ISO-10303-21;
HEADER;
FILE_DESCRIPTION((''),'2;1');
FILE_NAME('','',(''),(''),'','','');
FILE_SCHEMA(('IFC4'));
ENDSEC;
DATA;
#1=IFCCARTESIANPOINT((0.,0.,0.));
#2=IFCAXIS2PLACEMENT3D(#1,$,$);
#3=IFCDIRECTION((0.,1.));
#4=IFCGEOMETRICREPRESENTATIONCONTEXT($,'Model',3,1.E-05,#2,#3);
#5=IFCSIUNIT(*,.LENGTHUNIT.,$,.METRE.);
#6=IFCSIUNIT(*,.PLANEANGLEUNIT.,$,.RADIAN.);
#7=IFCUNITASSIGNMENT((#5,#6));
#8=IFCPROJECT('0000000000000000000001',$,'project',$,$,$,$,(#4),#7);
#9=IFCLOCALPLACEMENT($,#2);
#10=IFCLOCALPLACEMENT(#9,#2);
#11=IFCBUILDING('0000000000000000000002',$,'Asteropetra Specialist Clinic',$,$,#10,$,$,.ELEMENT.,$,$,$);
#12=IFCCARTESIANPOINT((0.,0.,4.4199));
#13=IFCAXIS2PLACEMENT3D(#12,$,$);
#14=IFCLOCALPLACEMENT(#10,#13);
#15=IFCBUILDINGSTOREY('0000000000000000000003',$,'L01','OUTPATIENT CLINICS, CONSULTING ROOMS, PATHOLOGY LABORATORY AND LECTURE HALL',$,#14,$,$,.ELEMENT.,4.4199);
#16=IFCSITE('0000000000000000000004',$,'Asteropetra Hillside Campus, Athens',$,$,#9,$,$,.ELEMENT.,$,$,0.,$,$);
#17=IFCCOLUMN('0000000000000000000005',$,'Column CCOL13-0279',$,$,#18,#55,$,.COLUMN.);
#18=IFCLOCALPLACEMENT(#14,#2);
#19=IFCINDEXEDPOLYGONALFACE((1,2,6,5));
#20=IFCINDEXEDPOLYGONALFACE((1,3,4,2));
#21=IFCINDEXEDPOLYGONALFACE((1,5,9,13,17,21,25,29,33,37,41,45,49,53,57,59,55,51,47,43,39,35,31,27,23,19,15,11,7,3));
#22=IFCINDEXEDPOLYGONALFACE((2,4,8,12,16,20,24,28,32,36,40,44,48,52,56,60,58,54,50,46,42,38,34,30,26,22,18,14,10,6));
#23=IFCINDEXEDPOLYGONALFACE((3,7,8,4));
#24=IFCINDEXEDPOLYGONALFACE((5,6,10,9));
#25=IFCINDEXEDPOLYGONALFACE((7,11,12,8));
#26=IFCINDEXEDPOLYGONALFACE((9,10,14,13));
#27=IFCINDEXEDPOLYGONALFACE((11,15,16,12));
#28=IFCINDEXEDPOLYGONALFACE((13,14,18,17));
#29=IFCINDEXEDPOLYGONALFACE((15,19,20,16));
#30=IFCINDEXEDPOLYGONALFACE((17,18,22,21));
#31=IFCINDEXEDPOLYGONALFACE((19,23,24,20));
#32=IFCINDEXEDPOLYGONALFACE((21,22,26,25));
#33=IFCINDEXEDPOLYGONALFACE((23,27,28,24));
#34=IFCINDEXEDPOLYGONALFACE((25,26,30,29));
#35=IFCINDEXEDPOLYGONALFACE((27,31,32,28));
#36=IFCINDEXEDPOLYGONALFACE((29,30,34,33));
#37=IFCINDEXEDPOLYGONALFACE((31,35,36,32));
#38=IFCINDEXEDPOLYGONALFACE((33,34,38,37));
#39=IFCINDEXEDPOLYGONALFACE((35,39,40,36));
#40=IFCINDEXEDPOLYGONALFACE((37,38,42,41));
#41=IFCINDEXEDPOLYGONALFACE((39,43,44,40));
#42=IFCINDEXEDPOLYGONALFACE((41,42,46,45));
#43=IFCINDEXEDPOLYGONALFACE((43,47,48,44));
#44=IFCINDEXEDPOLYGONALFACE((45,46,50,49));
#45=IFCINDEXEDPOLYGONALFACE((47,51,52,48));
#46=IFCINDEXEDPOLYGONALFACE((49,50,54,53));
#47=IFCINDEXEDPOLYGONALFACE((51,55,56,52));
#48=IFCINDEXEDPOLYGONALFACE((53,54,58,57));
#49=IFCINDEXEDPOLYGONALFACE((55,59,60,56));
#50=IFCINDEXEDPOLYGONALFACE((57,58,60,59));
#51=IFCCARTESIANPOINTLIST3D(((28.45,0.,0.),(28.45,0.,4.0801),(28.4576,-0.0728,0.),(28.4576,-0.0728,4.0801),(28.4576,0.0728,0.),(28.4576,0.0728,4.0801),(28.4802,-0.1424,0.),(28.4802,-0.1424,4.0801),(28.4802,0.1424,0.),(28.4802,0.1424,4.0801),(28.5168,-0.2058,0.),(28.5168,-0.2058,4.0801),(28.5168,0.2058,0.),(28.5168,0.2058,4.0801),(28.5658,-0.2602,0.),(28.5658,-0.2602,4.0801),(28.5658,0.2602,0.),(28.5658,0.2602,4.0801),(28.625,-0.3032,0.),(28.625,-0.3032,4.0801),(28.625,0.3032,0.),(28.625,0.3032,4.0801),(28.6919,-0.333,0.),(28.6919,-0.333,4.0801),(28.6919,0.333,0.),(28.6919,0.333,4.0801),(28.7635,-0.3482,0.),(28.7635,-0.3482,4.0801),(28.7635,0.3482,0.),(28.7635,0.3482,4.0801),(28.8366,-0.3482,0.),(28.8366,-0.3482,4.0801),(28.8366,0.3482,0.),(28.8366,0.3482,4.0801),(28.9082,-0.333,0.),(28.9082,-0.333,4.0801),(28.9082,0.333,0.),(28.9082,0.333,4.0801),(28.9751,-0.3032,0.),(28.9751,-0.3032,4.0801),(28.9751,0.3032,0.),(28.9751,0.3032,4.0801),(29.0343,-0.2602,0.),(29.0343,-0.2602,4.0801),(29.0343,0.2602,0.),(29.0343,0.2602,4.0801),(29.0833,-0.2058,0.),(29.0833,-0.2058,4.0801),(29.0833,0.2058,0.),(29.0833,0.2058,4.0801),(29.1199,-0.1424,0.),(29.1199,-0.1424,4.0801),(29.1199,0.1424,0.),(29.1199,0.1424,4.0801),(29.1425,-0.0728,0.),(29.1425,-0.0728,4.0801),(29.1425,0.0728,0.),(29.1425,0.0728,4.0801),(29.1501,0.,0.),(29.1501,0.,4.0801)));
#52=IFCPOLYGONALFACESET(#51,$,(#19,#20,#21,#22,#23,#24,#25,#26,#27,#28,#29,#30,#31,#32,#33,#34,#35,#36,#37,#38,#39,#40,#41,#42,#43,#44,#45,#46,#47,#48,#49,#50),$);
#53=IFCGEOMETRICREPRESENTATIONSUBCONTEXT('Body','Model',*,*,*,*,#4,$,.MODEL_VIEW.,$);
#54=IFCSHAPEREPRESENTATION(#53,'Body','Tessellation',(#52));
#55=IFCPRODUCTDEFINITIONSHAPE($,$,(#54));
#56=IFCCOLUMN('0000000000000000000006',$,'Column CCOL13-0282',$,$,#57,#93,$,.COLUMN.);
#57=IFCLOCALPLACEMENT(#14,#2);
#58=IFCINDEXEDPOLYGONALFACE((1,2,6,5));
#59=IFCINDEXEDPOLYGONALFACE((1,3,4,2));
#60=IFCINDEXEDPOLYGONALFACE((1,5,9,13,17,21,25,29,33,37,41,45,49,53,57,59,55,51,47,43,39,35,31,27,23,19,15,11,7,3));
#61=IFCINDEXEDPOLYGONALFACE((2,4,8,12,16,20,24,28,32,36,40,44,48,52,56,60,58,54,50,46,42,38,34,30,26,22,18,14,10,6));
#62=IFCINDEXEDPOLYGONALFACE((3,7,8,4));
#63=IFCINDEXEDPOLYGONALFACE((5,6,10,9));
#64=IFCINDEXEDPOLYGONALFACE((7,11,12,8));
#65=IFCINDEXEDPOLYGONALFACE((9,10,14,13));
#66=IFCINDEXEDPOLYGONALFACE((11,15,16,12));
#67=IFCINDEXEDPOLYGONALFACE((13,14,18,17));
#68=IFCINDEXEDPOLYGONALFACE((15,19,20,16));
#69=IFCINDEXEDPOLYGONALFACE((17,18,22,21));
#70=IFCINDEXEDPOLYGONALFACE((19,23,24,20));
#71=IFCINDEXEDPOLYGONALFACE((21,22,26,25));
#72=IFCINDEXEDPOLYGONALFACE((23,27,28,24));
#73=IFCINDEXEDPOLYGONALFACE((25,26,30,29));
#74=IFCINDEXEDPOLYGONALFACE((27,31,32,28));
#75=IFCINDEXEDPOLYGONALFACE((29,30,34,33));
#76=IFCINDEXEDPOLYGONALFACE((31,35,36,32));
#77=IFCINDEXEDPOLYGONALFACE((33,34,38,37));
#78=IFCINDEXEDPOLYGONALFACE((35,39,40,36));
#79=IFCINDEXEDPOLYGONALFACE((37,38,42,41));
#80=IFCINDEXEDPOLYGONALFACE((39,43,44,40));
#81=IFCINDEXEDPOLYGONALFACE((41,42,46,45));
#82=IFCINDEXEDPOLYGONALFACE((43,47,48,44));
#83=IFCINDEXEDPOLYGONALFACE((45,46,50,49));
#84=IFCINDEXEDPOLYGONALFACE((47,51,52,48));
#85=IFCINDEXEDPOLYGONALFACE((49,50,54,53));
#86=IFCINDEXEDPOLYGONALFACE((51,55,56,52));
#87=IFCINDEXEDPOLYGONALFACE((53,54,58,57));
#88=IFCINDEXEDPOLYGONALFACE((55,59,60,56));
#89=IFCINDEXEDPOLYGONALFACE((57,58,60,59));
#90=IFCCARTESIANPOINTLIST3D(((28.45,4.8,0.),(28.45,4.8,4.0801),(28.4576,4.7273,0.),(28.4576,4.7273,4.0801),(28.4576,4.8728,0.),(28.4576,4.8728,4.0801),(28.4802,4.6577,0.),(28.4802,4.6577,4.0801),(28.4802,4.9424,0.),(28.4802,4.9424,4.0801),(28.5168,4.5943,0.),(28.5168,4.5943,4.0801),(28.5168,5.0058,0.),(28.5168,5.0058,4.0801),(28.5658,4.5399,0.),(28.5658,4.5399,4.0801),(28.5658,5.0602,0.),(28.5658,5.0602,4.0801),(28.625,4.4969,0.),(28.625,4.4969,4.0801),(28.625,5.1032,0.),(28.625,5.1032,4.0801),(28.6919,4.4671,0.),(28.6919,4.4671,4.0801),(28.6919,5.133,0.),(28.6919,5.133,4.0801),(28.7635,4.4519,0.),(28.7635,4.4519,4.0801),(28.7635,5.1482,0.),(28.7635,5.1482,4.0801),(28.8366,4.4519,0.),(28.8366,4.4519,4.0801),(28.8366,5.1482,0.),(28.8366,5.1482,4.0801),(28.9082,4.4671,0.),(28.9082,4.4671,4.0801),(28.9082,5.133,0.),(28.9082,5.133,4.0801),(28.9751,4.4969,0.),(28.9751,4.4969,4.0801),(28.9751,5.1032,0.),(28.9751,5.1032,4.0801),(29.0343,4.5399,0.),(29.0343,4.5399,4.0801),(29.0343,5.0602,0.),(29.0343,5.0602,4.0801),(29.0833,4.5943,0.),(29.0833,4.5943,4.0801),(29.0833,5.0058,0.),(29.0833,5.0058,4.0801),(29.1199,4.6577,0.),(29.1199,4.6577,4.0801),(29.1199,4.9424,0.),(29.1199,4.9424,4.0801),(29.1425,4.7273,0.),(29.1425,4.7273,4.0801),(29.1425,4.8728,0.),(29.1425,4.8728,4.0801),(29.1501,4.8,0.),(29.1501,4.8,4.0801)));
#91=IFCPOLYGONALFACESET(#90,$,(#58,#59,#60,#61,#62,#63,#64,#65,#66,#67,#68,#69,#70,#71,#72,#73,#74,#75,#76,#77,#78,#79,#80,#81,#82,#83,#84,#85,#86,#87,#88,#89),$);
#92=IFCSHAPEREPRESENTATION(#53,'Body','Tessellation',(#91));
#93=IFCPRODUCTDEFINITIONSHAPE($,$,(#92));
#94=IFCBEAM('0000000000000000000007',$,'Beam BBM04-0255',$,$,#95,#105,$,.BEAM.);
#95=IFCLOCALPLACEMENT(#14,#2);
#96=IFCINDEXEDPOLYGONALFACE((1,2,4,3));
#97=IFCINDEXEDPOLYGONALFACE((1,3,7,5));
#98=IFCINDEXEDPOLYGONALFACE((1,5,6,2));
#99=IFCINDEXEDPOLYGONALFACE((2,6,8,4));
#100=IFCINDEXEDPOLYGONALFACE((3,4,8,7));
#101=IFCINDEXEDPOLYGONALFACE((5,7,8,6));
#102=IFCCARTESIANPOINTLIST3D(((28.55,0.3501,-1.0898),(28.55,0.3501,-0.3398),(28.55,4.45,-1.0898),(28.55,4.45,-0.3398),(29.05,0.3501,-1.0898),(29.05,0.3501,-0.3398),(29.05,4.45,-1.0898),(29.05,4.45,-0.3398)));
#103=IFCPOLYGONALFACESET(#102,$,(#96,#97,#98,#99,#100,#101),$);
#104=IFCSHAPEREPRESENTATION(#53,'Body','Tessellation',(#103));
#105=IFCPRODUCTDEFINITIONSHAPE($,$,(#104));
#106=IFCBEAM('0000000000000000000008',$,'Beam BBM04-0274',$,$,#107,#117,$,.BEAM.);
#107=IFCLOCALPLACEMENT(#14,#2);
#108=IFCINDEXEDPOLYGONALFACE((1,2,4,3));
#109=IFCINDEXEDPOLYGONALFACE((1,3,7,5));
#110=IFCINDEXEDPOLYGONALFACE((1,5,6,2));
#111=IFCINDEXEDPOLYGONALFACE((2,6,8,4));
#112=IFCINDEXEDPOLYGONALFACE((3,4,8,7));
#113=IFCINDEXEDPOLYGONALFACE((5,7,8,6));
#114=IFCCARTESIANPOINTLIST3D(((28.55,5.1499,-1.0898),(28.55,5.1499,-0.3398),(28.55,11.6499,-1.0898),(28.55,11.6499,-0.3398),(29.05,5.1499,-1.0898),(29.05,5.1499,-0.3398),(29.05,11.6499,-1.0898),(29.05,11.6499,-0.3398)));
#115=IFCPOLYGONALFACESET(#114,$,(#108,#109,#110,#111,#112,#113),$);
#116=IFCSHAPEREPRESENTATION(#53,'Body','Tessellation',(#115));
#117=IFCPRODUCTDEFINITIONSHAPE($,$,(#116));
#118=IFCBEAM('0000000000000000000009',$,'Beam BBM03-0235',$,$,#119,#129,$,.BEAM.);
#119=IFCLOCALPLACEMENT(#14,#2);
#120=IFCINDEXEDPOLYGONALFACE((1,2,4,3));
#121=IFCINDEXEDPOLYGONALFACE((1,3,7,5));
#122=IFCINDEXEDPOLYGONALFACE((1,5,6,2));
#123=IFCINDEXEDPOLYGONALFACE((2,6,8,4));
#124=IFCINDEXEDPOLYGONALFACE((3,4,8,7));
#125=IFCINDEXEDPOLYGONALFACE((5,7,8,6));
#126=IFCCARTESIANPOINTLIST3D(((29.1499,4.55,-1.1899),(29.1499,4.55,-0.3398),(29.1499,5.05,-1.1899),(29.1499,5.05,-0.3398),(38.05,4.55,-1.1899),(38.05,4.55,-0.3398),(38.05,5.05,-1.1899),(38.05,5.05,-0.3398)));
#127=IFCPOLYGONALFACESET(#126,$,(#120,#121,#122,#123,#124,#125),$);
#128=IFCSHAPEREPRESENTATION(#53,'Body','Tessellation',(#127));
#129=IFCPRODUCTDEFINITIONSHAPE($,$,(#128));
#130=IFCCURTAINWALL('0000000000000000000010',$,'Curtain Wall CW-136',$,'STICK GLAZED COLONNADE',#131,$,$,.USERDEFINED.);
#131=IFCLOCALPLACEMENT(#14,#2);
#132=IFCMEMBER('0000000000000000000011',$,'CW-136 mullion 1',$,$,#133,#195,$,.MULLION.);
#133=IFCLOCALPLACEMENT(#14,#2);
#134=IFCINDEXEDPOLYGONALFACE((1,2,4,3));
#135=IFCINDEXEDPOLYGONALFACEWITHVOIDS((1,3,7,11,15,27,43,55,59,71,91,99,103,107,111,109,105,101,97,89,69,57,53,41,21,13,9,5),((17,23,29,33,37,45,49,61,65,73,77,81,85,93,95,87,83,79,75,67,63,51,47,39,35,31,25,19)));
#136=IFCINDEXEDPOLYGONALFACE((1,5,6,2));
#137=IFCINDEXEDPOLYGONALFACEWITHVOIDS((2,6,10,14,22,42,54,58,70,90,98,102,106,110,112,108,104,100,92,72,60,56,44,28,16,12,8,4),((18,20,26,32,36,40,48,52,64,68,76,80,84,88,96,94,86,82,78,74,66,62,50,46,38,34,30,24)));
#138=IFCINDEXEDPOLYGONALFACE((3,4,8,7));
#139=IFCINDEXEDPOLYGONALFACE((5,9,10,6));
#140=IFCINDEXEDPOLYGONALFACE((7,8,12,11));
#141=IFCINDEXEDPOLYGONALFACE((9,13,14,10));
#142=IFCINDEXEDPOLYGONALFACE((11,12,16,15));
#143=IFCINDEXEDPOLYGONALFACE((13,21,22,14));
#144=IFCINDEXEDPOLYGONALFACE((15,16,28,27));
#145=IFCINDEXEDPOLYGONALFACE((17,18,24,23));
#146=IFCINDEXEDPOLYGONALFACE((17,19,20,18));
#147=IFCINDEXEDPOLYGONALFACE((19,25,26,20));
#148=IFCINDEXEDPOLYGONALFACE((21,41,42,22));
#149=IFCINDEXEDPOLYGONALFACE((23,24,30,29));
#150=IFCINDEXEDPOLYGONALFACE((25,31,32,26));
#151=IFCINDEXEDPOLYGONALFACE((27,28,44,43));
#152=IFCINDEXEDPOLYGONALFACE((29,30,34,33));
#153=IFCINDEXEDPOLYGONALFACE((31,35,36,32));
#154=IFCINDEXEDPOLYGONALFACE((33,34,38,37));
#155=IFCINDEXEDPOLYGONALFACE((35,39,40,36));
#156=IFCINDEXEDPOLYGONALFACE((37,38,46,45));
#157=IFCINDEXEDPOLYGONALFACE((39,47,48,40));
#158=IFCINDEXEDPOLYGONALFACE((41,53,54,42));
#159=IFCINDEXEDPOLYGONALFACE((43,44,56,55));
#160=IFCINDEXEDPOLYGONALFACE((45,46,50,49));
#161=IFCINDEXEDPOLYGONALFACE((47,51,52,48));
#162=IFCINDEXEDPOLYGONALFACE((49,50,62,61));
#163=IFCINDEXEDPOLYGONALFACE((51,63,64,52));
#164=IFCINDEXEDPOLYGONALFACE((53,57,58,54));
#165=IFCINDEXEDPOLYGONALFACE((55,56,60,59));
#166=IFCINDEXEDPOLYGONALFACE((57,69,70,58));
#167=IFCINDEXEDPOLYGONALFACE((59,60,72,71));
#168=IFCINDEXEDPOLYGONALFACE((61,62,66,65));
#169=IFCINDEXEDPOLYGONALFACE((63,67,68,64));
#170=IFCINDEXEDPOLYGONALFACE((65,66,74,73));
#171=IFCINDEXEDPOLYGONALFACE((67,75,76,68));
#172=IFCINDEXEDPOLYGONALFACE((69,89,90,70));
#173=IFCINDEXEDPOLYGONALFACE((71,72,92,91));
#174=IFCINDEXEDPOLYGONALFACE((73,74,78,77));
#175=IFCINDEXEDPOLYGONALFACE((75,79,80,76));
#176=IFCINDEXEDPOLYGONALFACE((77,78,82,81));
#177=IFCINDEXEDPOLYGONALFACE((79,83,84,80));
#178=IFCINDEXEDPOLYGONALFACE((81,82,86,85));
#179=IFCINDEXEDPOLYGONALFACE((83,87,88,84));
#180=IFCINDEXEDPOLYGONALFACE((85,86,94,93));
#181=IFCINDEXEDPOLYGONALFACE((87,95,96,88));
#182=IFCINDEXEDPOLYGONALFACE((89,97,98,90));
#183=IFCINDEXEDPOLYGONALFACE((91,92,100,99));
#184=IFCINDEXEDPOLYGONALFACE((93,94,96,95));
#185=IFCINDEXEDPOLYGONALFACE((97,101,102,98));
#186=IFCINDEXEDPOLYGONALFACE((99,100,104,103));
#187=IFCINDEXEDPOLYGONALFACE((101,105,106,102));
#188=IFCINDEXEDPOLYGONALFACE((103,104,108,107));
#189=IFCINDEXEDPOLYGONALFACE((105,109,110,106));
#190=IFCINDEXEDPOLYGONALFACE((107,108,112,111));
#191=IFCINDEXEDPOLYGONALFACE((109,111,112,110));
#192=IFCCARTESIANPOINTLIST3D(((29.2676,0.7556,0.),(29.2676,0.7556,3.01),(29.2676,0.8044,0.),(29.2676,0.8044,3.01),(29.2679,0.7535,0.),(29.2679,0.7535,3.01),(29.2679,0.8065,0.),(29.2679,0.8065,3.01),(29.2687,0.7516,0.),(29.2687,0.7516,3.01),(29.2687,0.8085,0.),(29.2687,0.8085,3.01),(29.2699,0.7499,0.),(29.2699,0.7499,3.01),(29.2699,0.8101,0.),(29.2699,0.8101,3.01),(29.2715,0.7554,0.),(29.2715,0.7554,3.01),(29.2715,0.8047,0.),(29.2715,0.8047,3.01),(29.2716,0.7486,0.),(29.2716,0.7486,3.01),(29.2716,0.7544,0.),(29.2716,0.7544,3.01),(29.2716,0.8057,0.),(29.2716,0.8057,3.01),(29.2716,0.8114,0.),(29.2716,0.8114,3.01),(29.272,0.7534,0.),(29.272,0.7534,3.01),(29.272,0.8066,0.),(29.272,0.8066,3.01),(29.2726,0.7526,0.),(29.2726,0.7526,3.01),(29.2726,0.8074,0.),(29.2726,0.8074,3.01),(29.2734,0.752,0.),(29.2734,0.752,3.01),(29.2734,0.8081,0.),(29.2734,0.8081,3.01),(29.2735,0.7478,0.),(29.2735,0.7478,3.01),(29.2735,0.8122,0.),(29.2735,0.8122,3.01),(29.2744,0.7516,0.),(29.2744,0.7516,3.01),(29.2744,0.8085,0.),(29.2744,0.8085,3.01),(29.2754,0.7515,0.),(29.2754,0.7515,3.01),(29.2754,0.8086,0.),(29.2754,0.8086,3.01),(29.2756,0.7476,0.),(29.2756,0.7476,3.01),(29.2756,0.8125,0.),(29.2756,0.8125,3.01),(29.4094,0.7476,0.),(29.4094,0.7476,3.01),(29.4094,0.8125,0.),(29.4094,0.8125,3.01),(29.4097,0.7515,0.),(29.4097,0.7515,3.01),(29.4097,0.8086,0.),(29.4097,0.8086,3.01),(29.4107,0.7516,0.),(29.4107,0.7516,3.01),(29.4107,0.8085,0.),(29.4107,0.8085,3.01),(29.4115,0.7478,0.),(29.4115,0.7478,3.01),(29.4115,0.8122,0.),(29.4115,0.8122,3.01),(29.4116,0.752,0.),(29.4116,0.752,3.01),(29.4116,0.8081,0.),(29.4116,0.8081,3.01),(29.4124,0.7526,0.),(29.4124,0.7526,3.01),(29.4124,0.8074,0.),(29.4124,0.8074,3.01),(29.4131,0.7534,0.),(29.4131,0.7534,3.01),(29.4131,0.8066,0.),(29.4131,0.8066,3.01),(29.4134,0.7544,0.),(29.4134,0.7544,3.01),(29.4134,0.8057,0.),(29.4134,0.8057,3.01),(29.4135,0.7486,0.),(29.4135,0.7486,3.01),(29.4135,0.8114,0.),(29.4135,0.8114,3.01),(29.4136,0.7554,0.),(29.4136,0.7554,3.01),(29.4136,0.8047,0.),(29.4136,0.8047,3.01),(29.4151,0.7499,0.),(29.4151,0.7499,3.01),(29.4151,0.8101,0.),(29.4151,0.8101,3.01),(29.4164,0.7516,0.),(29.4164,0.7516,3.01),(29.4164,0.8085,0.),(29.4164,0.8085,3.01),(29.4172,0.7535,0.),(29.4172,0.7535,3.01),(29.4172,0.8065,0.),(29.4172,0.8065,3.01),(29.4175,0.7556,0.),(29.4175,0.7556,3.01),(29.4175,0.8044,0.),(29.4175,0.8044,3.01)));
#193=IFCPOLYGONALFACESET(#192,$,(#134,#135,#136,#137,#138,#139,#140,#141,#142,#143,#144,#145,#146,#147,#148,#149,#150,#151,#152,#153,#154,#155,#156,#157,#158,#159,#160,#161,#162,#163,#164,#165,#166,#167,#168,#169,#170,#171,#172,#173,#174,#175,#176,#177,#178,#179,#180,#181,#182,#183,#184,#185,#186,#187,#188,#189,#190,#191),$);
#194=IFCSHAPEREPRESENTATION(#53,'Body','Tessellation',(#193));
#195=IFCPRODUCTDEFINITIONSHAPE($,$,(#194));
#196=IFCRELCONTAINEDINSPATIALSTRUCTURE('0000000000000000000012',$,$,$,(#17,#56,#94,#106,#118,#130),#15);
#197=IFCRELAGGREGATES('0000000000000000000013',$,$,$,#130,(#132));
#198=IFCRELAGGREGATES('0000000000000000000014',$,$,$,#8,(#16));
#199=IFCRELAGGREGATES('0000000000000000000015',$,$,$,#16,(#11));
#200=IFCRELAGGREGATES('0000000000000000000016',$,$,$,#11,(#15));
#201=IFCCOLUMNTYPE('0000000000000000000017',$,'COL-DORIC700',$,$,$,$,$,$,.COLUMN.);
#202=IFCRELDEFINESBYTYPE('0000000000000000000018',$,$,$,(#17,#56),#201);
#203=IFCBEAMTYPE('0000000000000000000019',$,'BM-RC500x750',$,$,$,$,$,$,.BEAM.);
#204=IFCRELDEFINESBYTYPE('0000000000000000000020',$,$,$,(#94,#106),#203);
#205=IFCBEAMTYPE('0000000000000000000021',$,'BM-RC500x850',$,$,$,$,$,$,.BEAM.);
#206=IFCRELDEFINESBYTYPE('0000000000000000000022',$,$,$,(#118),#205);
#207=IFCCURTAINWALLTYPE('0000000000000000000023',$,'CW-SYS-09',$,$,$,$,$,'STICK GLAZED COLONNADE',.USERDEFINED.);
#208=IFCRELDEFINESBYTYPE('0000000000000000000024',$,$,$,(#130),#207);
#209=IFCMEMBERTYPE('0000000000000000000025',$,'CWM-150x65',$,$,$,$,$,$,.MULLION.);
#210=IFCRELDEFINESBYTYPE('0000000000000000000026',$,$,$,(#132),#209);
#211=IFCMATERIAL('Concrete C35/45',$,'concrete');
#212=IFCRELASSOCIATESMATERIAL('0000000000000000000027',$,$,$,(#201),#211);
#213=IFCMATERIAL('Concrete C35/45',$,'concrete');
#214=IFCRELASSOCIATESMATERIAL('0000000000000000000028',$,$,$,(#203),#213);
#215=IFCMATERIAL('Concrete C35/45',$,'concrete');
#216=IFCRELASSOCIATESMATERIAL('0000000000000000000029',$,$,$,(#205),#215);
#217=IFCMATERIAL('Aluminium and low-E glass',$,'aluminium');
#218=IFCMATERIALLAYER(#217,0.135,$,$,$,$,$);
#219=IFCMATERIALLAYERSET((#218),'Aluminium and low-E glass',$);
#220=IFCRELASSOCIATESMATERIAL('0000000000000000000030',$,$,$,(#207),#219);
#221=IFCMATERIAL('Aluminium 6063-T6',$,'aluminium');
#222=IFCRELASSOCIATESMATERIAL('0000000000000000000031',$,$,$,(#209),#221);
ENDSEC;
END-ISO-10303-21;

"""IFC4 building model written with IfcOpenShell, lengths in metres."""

from ifc_helpers import new_model, si_unit, direction, frame, origin, origin_2d, place, context, subcontext, project, spatial, rectangle, hollow_rectangle, circle, extrude, material, layer, layer_set, material_profile, profile_set, type_object, element, aggregate, save


model = new_model("IFC4")

# Units and contexts
model_context = context("Model", 3, precision=1e-05, world=origin(), true_north=direction((0.0, 1.0)))
body_context = subcontext(model_context, "Body", "Model", "MODEL_VIEW")
ifc_project = project(units=[si_unit("LENGTHUNIT", "METRE"), si_unit("PLANEANGLEUNIT", "RADIAN")], contexts=[model_context])

# Site, building, storey
site_placement = place(None, origin())
site = spatial("IfcSite", under=ifc_project, at=site_placement, Name="Asteropetra Hillside Campus, Athens", CompositionType="ELEMENT", RefElevation=0.0)
building_placement = place(site_placement, origin())
building = spatial("IfcBuilding", under=site, at=building_placement, Name="Asteropetra Specialist Clinic", CompositionType="ELEMENT")
storey_placement = place(building_placement, frame((0.0, 0.0, 4.4199)))
storey = spatial("IfcBuildingStorey", under=building, at=storey_placement, Name="L01", Description="OUTPATIENT CLINICS, CONSULTING ROOMS, PATHOLOGY LABORATORY AND LECTURE HALL", CompositionType="ELEMENT", Elevation=4.4199)

# Columns
ifc_material_1 = material(Name="Concrete C35/45", Category="concrete")
ifc_material_profile_1 = material_profile(ifc_material_1, circle(Radius=0.3501, at=origin_2d()), Name="RCC D700")
ifc_profile_set_1 = profile_set([ifc_material_profile_1], Name="Concrete C35/45")
column_type = type_object("IfcColumnType", Name="COL-DORIC700", PredefinedType="COLUMN", material=ifc_profile_set_1)
for number, where, z_axis, x_axis, name in (
    (1, (28.8, 0.0, 0.0), (0.0, 0.0, 1.0), (1.0, 0.0, 0.0), "Column CCOL13-0279"),
    (2, (28.8, 4.8, 0.0), (0.0, 0.0, 1.0), (1.0, 0.0, 0.0), "Column CCOL13-0282"),
):
    element("IfcColumn", number, at=place(storey_placement, frame(where, z_axis=z_axis, x_axis=x_axis)), inside=storey, type_object=column_type, Name=name, PredefinedType="COLUMN", context=body_context, shape_type="SweptSolid", body=[
        extrude(circle(Radius=0.3501, at=origin_2d()), origin(), (0.0, 0.0, 1.0), 4.0801),
    ])

# Beams
ifc_material_2 = material(Name="Concrete C35/45", Category="concrete")
ifc_material_profile_2 = material_profile(ifc_material_2, rectangle(XDim=0.5, YDim=0.75, at=origin_2d()), Name="RCB 500x750")
ifc_profile_set_2 = profile_set([ifc_material_profile_2], Name="Concrete C35/45")
beam_type_1 = type_object("IfcBeamType", Name="BM-RC500x750", PredefinedType="BEAM", material=ifc_profile_set_2)
beam_1_placement = place(storey_placement, frame((28.8, 0.3501, -0.7148), z_axis=(0.0, 1.0, 0.0), x_axis=(-1.0, 0.0, 0.0)))
element("IfcBeam", 3, at=beam_1_placement, inside=storey, type_object=beam_type_1, Name="Beam BBM04-0255", PredefinedType="BEAM", context=body_context, shape_type="SweptSolid", body=[
    extrude(rectangle(XDim=0.5, YDim=0.75, at=origin_2d()), origin(), (0.0, 0.0, 1.0), 4.0999),
])
beam_2_placement = place(storey_placement, frame((28.8, 5.1499, -0.7148), z_axis=(0.0, 1.0, 0.0), x_axis=(-1.0, 0.0, 0.0)))
element("IfcBeam", 4, at=beam_2_placement, inside=storey, type_object=beam_type_1, Name="Beam BBM04-0274", PredefinedType="BEAM", context=body_context, shape_type="SweptSolid", body=[
    extrude(rectangle(XDim=0.5, YDim=0.75, at=origin_2d()), origin(), (0.0, 0.0, 1.0), 6.5),
])
ifc_material_3 = material(Name="Concrete C35/45", Category="concrete")
ifc_material_profile_3 = material_profile(ifc_material_3, rectangle(XDim=0.5, YDim=0.8501, at=origin_2d()), Name="RCB 500x850")
ifc_profile_set_3 = profile_set([ifc_material_profile_3], Name="Concrete C35/45")
beam_type_2 = type_object("IfcBeamType", Name="BM-RC500x850", PredefinedType="BEAM", material=ifc_profile_set_3)
beam_3_placement = place(storey_placement, frame((29.1499, 4.8, -0.7649), z_axis=(1.0, 0.0, 0.0), x_axis=(0.0, 1.0, 0.0)))
element("IfcBeam", 5, at=beam_3_placement, inside=storey, type_object=beam_type_2, Name="Beam BBM03-0235", PredefinedType="BEAM", context=body_context, shape_type="SweptSolid", body=[
    extrude(rectangle(XDim=0.5, YDim=0.8501, at=origin_2d()), origin(), (0.0, 0.0, 1.0), 8.9001),
])

# Curtain wall, member
ifc_material_4 = material(Name="Aluminium and low-E glass", Category="aluminium")
ifc_layer_1 = layer(ifc_material_4, 0.135)
ifc_layer_set_1 = layer_set([ifc_layer_1], Name="Aluminium and low-E glass")
curtain_wall_type = type_object("IfcCurtainWallType", Name="CW-SYS-09", ElementType="STICK GLAZED COLONNADE", PredefinedType="USERDEFINED", material=ifc_layer_set_1)
curtain_wall_placement = place(storey_placement, origin())
curtain_wall = element("IfcCurtainWall", 6, at=curtain_wall_placement, inside=storey, type_object=curtain_wall_type, Name="Curtain Wall CW-136", ObjectType="STICK GLAZED COLONNADE", PredefinedType="USERDEFINED")
ifc_material_5 = material(Name="Aluminium 6063-T6", Category="aluminium")
ifc_material_profile_4 = material_profile(ifc_material_5, hollow_rectangle(XDim=0.0649, YDim=0.1499, WallThickness=0.0039, InnerFilletRadius=0.0039, OuterFilletRadius=0.0081, at=origin_2d()), Name="MUL 150x65x4.0")
ifc_profile_set_4 = profile_set([ifc_material_profile_4], Name="Aluminium 6063-T6")
member_type_1 = type_object("IfcMemberType", Name="CWM-150x65", PredefinedType="MULLION", material=ifc_profile_set_4)
member_1_placement = place(storey_placement, frame((29.3425, 0.78, 0.0), z_axis=(0.0, 0.0, 1.0), x_axis=(0.0, 1.0, 0.0)))
member_1 = element("IfcMember", 7, at=member_1_placement, type_object=member_type_1, Name="CW-136 mullion 1", PredefinedType="MULLION", context=body_context, shape_type="SweptSolid", body=[
    extrude(hollow_rectangle(XDim=0.0649, YDim=0.1499, WallThickness=0.0039, InnerFilletRadius=0.0039, OuterFilletRadius=0.0081, at=origin_2d()), origin(), (0.0, 0.0, 1.0), 3.01),
])

aggregate(curtain_wall, [member_1])

save(model, "model.ifc")
